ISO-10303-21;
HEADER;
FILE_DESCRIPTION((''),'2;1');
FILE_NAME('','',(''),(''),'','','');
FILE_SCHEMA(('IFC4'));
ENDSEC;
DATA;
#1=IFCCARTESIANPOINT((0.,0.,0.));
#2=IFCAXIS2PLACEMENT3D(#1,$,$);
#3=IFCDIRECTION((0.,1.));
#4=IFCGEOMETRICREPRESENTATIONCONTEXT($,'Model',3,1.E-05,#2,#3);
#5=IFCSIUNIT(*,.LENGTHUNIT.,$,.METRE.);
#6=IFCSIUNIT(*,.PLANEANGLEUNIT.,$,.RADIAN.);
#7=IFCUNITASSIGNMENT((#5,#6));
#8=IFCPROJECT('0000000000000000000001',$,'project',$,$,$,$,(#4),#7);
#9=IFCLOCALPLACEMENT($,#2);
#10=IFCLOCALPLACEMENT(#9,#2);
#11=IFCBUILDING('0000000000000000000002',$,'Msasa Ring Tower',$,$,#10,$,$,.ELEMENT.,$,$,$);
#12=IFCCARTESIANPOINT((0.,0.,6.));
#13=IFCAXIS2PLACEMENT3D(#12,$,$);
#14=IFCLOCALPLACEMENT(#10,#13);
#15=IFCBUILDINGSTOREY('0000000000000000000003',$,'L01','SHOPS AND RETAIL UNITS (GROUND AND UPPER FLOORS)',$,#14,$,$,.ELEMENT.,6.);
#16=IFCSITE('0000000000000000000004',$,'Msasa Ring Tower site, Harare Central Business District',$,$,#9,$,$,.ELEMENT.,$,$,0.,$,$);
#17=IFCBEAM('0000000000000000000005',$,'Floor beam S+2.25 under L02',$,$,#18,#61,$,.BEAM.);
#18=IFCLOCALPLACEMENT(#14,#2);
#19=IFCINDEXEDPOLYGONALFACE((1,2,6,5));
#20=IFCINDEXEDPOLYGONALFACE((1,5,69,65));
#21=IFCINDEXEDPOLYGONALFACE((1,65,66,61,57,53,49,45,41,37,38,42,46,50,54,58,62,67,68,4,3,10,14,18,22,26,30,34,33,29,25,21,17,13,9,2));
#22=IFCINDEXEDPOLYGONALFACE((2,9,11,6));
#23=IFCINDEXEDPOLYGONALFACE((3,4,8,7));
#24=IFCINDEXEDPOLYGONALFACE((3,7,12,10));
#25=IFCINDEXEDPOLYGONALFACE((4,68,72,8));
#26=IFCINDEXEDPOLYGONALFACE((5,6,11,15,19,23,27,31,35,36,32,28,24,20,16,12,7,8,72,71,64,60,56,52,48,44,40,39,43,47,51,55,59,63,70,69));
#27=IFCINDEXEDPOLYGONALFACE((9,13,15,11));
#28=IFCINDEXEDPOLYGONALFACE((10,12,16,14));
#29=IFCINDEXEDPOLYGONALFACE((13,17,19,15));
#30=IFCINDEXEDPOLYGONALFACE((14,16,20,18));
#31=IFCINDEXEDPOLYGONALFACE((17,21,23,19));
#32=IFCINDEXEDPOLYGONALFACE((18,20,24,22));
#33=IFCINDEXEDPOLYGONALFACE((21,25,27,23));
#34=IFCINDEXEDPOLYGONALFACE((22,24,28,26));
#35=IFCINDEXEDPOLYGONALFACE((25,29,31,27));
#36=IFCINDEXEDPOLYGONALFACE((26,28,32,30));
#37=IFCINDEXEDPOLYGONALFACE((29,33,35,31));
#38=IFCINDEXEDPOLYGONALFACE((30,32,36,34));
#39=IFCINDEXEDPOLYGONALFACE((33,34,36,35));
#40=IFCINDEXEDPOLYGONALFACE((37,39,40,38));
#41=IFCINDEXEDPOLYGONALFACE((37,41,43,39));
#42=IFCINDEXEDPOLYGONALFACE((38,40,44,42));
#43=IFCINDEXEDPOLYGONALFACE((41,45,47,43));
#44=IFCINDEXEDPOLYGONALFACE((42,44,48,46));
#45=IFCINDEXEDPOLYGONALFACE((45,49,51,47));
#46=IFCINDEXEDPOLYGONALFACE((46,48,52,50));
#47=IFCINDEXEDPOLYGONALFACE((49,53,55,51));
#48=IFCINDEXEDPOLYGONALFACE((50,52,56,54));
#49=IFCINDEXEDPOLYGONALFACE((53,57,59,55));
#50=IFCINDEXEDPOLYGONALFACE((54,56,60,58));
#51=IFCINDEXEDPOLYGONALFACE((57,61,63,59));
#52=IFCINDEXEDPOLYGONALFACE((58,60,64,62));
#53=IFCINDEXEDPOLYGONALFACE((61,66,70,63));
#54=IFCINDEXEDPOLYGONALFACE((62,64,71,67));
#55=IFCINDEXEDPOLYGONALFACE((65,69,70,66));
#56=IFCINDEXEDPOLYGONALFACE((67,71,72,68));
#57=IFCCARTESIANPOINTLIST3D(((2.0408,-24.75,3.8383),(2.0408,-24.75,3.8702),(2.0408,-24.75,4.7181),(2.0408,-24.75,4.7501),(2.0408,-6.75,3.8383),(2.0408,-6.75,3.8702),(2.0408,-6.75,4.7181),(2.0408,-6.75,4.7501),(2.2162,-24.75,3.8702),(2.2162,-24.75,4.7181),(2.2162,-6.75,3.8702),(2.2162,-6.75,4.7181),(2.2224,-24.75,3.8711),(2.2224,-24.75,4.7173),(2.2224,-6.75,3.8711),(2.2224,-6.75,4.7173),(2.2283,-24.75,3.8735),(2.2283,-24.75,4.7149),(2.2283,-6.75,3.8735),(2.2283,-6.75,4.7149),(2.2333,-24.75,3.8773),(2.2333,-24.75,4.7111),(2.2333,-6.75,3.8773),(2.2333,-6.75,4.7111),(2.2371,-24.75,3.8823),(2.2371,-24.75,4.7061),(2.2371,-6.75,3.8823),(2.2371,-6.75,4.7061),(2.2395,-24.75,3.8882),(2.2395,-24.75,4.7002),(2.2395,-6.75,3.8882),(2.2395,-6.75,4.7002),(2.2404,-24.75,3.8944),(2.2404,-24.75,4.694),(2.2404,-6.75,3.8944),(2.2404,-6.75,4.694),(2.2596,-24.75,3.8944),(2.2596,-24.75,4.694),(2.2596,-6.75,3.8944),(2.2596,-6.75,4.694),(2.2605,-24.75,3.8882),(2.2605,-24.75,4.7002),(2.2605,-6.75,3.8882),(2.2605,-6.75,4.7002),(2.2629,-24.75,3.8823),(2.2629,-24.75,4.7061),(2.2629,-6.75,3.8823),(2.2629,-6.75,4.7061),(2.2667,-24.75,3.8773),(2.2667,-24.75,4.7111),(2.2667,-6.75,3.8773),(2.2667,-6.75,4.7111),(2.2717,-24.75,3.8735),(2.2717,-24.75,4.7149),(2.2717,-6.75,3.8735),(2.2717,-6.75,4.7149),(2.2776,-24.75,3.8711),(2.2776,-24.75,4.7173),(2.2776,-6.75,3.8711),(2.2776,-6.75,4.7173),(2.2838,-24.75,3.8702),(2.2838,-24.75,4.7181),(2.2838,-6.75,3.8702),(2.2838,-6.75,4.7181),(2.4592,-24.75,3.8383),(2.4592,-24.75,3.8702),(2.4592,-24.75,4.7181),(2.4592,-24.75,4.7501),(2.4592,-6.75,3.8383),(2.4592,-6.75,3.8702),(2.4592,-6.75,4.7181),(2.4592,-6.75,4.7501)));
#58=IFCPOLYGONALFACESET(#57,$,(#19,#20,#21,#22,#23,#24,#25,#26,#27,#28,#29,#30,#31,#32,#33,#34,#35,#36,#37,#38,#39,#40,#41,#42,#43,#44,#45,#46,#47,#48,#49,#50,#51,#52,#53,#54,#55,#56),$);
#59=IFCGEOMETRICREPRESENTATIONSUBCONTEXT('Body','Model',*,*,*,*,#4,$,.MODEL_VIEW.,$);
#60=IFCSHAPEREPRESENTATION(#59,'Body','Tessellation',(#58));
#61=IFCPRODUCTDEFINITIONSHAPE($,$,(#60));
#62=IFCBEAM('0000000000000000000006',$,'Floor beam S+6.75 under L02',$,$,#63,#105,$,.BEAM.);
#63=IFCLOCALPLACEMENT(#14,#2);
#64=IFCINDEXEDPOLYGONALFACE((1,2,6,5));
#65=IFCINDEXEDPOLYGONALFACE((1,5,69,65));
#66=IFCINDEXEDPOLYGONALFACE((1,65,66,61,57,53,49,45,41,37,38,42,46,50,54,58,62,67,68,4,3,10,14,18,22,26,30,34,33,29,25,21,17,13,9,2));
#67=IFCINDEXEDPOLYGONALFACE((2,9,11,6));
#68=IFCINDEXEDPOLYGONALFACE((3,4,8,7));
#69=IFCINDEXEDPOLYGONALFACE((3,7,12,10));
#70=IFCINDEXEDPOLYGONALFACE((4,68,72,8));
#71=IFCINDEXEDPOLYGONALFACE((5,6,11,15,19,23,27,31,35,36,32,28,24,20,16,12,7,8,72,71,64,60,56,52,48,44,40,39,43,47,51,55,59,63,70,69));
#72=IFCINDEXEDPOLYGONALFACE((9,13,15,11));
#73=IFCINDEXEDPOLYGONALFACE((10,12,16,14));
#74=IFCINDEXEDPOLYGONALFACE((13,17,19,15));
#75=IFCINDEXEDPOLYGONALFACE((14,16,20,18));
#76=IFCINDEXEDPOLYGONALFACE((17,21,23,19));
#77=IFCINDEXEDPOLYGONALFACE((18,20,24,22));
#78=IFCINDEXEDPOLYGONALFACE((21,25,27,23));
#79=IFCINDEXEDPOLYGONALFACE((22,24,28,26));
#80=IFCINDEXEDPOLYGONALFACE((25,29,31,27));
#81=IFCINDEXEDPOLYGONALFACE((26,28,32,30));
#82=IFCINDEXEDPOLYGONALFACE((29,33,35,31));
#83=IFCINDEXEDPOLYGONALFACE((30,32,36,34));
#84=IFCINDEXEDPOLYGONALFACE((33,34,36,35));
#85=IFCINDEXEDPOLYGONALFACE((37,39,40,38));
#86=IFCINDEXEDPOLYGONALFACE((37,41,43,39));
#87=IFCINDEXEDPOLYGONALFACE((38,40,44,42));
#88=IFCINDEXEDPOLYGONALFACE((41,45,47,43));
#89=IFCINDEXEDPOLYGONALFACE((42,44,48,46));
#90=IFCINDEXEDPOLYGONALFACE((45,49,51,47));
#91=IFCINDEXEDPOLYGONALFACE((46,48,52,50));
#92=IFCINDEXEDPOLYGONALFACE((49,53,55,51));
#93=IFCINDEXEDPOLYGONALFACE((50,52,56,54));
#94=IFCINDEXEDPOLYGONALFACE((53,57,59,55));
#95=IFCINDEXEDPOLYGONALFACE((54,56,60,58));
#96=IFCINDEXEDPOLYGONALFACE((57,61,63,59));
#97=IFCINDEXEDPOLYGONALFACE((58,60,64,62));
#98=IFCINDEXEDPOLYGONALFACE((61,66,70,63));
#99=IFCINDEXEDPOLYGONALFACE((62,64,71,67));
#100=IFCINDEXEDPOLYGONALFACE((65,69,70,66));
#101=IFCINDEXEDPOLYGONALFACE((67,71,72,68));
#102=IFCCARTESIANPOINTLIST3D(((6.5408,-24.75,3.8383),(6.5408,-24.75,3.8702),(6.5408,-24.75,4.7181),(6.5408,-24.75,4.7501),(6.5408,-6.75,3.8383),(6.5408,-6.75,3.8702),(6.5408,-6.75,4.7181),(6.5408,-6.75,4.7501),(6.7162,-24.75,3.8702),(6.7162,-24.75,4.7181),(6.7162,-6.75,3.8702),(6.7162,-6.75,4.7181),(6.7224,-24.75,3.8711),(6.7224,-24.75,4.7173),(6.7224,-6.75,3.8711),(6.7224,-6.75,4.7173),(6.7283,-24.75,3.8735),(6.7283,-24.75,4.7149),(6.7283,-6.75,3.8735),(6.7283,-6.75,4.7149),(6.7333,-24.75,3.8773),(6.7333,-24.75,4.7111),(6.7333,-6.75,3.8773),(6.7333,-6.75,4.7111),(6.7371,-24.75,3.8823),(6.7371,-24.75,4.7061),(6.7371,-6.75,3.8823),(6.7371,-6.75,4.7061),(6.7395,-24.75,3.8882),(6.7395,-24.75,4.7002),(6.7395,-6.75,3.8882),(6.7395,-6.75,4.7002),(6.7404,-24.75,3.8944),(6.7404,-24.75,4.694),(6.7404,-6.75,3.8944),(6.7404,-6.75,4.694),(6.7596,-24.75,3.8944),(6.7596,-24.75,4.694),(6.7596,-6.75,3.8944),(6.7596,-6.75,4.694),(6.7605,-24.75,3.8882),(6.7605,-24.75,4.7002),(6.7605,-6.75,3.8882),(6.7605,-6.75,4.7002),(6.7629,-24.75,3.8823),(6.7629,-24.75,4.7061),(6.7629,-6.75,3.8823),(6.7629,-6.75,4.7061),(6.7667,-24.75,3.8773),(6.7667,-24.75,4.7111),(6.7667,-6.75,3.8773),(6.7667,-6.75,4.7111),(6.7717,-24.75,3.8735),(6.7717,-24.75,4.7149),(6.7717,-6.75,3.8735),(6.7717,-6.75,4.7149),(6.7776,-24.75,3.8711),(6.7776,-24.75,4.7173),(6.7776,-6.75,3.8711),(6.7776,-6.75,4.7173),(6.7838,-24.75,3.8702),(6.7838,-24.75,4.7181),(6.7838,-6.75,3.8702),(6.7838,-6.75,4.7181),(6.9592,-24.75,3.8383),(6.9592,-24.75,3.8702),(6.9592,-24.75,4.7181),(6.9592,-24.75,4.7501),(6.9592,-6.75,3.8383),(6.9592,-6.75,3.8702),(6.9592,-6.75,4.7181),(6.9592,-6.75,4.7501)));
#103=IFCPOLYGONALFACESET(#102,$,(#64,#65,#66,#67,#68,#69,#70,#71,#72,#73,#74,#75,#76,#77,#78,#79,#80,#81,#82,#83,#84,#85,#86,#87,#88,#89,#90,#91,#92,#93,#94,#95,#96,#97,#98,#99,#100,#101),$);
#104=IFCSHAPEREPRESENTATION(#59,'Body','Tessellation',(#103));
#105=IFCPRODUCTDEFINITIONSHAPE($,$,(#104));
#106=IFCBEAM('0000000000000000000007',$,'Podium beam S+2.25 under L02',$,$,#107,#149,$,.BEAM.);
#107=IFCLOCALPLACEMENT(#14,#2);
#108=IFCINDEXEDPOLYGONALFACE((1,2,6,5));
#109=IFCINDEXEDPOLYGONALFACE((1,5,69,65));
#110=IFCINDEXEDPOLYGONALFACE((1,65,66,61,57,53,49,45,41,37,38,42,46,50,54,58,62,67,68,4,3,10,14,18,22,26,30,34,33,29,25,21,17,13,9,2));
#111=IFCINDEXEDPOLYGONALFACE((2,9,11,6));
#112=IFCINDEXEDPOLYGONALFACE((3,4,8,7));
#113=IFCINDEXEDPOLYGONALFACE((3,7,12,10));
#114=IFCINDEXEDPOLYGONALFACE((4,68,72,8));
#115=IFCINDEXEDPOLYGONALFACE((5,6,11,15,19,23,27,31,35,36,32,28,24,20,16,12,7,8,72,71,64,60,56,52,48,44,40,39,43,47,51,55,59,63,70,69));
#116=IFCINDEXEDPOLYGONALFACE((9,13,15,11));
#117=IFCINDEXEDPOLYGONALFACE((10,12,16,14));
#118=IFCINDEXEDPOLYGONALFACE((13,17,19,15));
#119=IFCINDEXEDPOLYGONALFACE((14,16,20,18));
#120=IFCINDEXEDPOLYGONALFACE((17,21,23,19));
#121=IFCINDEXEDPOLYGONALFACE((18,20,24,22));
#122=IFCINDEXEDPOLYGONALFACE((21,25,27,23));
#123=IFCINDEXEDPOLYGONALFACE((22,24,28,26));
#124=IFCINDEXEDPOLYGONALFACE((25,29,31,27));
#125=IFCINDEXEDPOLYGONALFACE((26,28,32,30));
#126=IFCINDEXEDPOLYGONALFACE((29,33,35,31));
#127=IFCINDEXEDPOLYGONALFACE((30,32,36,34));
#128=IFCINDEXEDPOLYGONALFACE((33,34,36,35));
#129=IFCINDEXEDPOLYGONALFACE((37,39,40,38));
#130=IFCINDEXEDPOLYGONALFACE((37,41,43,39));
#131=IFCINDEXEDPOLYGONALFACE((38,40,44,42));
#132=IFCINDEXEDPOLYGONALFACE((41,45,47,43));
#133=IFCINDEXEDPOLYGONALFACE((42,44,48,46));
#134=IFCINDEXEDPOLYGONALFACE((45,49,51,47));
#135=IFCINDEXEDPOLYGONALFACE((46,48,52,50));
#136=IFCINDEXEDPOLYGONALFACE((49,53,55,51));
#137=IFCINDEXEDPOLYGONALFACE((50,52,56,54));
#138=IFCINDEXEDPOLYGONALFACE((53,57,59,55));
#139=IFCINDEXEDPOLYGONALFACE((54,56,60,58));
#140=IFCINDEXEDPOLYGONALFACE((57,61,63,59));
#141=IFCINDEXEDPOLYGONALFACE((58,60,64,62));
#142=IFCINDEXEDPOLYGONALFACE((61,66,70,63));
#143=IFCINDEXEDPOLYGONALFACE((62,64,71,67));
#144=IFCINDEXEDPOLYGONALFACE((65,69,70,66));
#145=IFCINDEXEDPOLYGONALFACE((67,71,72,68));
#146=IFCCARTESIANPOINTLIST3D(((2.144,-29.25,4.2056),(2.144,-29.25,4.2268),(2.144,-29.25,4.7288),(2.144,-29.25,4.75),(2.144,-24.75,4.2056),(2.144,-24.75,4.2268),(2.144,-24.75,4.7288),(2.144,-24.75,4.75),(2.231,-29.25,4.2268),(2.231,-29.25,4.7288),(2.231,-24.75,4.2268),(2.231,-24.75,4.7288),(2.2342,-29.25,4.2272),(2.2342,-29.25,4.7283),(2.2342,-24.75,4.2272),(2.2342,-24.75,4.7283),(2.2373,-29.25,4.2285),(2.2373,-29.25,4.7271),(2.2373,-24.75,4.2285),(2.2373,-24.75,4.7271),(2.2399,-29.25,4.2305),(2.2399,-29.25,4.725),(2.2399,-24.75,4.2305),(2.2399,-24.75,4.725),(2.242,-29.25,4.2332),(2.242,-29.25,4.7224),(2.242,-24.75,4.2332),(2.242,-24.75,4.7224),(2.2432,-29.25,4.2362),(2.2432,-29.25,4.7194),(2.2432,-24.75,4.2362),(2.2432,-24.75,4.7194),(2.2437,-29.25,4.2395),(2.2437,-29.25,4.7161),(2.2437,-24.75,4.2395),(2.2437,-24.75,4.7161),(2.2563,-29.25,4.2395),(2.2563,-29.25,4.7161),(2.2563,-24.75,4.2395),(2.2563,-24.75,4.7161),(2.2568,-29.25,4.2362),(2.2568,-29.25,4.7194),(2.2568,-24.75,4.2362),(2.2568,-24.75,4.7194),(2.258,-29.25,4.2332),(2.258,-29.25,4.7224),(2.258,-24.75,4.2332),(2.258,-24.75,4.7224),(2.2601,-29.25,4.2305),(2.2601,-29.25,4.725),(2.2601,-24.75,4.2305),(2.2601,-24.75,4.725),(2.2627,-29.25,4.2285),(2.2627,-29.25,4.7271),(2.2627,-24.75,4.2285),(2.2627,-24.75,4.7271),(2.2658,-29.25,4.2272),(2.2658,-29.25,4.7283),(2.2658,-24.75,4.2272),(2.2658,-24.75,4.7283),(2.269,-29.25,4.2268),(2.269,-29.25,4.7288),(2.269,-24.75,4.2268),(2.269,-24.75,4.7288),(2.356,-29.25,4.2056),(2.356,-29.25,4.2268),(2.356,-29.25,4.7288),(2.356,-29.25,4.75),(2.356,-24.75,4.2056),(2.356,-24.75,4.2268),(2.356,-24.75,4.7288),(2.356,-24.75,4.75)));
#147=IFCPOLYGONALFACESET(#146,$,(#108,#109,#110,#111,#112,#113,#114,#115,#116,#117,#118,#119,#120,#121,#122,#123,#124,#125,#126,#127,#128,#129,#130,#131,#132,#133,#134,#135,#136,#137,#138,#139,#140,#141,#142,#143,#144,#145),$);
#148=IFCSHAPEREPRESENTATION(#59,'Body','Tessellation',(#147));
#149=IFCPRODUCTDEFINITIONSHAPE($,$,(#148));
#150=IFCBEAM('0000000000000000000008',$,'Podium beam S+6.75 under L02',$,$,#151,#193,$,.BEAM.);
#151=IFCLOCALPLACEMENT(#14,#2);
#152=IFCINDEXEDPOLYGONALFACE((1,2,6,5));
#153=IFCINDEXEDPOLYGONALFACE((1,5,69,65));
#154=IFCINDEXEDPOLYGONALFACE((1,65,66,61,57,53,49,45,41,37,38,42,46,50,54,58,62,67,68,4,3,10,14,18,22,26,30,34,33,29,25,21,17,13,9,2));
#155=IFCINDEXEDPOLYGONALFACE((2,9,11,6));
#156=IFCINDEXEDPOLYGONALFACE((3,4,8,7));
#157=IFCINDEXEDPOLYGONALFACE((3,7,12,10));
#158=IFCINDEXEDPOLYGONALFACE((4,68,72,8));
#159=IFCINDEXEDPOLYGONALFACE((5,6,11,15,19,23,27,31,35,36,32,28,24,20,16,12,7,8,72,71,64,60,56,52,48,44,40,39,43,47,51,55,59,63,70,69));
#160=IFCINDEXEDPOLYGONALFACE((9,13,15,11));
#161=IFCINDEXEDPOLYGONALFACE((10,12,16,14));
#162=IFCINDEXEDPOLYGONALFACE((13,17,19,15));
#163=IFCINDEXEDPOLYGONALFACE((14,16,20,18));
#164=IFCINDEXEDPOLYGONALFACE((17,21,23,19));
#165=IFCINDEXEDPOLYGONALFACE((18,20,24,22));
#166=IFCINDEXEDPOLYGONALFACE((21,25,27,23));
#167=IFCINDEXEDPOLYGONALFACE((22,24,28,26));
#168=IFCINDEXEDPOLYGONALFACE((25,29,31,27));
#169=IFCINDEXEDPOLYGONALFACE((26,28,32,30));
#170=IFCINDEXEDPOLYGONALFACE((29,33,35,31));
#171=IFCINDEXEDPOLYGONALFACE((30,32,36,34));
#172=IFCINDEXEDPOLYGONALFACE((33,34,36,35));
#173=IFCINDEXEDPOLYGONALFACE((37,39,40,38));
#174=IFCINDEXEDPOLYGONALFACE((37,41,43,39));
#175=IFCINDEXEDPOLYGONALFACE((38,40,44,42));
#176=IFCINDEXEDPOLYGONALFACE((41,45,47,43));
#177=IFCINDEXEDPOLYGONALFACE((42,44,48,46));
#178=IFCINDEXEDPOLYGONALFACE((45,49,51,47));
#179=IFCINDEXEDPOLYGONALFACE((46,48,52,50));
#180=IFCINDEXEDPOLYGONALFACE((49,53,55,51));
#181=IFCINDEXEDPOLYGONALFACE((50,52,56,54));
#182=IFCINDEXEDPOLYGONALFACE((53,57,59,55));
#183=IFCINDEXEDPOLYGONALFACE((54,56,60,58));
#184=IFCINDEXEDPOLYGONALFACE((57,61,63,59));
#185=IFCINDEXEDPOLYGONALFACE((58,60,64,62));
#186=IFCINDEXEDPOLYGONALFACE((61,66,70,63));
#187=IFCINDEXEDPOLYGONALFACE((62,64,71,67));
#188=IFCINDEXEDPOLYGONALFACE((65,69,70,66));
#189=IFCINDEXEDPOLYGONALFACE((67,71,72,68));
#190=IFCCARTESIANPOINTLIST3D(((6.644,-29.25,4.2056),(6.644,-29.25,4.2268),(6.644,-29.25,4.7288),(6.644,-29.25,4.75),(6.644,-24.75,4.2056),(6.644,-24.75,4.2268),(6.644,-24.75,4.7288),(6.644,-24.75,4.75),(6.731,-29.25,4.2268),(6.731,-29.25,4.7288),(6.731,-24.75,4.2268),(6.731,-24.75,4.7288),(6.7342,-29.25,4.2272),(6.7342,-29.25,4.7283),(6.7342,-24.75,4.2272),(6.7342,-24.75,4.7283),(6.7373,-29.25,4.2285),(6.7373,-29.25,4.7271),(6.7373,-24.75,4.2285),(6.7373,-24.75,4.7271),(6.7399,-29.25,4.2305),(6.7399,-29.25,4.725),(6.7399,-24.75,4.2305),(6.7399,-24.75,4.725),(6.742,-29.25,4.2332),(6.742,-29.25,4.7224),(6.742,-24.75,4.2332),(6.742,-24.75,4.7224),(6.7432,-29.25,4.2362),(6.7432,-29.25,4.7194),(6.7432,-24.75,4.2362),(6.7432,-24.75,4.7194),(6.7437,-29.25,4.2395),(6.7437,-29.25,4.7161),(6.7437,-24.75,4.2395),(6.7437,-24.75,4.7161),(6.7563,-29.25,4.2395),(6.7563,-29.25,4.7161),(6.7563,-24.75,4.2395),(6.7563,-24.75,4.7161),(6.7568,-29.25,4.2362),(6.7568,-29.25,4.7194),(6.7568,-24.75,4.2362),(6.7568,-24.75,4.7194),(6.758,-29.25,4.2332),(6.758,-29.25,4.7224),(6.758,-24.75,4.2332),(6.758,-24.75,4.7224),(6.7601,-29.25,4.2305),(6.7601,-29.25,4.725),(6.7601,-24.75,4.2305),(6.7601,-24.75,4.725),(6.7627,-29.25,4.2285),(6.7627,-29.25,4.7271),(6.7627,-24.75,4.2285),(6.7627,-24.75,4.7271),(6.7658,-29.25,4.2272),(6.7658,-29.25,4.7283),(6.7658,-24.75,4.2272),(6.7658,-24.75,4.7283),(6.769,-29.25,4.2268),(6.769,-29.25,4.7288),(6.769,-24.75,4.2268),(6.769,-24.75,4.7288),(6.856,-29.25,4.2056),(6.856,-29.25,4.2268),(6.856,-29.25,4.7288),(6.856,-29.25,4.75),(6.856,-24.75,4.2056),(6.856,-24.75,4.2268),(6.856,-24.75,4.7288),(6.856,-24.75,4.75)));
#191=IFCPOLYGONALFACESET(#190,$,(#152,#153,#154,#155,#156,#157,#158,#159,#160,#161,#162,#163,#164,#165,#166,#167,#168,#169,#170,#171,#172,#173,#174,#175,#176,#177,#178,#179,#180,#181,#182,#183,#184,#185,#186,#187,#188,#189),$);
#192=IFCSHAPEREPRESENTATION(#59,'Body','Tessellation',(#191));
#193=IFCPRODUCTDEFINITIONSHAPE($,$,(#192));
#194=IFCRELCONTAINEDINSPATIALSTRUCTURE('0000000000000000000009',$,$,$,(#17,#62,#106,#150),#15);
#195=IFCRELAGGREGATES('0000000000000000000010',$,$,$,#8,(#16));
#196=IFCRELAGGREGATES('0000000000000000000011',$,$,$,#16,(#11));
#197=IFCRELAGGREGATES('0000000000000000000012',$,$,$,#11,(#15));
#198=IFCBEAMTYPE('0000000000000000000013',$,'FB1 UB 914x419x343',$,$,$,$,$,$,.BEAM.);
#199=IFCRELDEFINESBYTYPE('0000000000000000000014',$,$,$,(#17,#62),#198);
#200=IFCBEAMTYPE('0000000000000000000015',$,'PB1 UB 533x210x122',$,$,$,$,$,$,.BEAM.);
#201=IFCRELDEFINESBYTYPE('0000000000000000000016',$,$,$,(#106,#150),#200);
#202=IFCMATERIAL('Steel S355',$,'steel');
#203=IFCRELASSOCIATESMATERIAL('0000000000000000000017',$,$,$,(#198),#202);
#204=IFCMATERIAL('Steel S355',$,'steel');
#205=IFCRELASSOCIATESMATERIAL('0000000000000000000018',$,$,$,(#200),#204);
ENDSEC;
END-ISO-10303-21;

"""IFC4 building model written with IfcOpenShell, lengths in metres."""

from ifc_helpers import new_model, si_unit, direction, frame, origin, origin_2d, place, context, subcontext, project, spatial, i_section, extrude, material, material_profile, profile_set, type_object, element, save


model = new_model("IFC4")

# Units and contexts
model_context = context("Model", 3, precision=1e-05, world=origin(), true_north=direction((0.0, 1.0)))
body_context = subcontext(model_context, "Body", "Model", "MODEL_VIEW")
ifc_project = project(units=[si_unit("LENGTHUNIT", "METRE"), si_unit("PLANEANGLEUNIT", "RADIAN")], contexts=[model_context])

# Site, building, storey
site_placement = place(None, origin())
site = spatial("IfcSite", under=ifc_project, at=site_placement, Name="Msasa Ring Tower site, Harare Central Business District", CompositionType="ELEMENT", RefElevation=0.0)
building_placement = place(site_placement, origin())
building = spatial("IfcBuilding", under=site, at=building_placement, Name="Msasa Ring Tower", CompositionType="ELEMENT")
storey_placement = place(building_placement, frame((0.0, 0.0, 6.0)))
storey = spatial("IfcBuildingStorey", under=building, at=storey_placement, Name="L01", Description="SHOPS AND RETAIL UNITS (GROUND AND UPPER FLOORS)", CompositionType="ELEMENT", Elevation=6.0)

# Beams
ifc_material_1 = material(Name="Steel S355", Category="steel")
ifc_material_profile_1 = material_profile(ifc_material_1, i_section(OverallWidth=0.4185, OverallDepth=0.9119, WebThickness=0.0193, FlangeThickness=0.032, FilletRadius=0.0242, at=origin_2d()), Name="UB 914x419x343")
ifc_profile_set_1 = profile_set([ifc_material_profile_1], Name="Steel S355")
beam_type_1 = type_object("IfcBeamType", Name="FB1 UB 914x419x343", PredefinedType="BEAM", material=ifc_profile_set_1)
for number, where, z_axis, x_axis, name in (
    (1, (2.25, -24.75, 4.2942), (0.0, 1.0, 0.0), (-1.0, 0.0, 0.0), "Floor beam S+2.25 under L02"),
    (2, (6.75, -24.75, 4.2942), (0.0, 1.0, 0.0), (-1.0, 0.0, 0.0), "Floor beam S+6.75 under L02"),
):
    element("IfcBeam", number, at=place(storey_placement, frame(where, z_axis=z_axis, x_axis=x_axis)), inside=storey, type_object=beam_type_1, Name=name, PredefinedType="BEAM", context=body_context, shape_type="SweptSolid", body=[
        extrude(i_section(OverallWidth=0.4185, OverallDepth=0.9119, WebThickness=0.0193, FlangeThickness=0.032, FilletRadius=0.0242, at=origin_2d()), origin(), (0.0, 0.0, 1.0), 18.0),
    ])
ifc_material_2 = material(Name="Steel S355", Category="steel")
ifc_material_profile_2 = material_profile(ifc_material_2, i_section(OverallWidth=0.2119, OverallDepth=0.5444, WebThickness=0.0127, FlangeThickness=0.0212, FilletRadius=0.0127, at=origin_2d()), Name="UB 533x210x122")
ifc_profile_set_2 = profile_set([ifc_material_profile_2], Name="Steel S355")
beam_type_2 = type_object("IfcBeamType", Name="PB1 UB 533x210x122", PredefinedType="BEAM", material=ifc_profile_set_2)
for number, where, z_axis, x_axis, name in (
    (3, (2.25, -29.25, 4.4778), (0.0, 1.0, 0.0), (-1.0, 0.0, 0.0), "Podium beam S+2.25 under L02"),
    (4, (6.75, -29.25, 4.4778), (0.0, 1.0, 0.0), (-1.0, 0.0, 0.0), "Podium beam S+6.75 under L02"),
):
    element("IfcBeam", number, at=place(storey_placement, frame(where, z_axis=z_axis, x_axis=x_axis)), inside=storey, type_object=beam_type_2, Name=name, PredefinedType="BEAM", context=body_context, shape_type="SweptSolid", body=[
        extrude(i_section(OverallWidth=0.2119, OverallDepth=0.5444, WebThickness=0.0127, FlangeThickness=0.0212, FilletRadius=0.0127, at=origin_2d()), origin(), (0.0, 0.0, 1.0), 4.5),
    ])

save(model, "model.ifc")
